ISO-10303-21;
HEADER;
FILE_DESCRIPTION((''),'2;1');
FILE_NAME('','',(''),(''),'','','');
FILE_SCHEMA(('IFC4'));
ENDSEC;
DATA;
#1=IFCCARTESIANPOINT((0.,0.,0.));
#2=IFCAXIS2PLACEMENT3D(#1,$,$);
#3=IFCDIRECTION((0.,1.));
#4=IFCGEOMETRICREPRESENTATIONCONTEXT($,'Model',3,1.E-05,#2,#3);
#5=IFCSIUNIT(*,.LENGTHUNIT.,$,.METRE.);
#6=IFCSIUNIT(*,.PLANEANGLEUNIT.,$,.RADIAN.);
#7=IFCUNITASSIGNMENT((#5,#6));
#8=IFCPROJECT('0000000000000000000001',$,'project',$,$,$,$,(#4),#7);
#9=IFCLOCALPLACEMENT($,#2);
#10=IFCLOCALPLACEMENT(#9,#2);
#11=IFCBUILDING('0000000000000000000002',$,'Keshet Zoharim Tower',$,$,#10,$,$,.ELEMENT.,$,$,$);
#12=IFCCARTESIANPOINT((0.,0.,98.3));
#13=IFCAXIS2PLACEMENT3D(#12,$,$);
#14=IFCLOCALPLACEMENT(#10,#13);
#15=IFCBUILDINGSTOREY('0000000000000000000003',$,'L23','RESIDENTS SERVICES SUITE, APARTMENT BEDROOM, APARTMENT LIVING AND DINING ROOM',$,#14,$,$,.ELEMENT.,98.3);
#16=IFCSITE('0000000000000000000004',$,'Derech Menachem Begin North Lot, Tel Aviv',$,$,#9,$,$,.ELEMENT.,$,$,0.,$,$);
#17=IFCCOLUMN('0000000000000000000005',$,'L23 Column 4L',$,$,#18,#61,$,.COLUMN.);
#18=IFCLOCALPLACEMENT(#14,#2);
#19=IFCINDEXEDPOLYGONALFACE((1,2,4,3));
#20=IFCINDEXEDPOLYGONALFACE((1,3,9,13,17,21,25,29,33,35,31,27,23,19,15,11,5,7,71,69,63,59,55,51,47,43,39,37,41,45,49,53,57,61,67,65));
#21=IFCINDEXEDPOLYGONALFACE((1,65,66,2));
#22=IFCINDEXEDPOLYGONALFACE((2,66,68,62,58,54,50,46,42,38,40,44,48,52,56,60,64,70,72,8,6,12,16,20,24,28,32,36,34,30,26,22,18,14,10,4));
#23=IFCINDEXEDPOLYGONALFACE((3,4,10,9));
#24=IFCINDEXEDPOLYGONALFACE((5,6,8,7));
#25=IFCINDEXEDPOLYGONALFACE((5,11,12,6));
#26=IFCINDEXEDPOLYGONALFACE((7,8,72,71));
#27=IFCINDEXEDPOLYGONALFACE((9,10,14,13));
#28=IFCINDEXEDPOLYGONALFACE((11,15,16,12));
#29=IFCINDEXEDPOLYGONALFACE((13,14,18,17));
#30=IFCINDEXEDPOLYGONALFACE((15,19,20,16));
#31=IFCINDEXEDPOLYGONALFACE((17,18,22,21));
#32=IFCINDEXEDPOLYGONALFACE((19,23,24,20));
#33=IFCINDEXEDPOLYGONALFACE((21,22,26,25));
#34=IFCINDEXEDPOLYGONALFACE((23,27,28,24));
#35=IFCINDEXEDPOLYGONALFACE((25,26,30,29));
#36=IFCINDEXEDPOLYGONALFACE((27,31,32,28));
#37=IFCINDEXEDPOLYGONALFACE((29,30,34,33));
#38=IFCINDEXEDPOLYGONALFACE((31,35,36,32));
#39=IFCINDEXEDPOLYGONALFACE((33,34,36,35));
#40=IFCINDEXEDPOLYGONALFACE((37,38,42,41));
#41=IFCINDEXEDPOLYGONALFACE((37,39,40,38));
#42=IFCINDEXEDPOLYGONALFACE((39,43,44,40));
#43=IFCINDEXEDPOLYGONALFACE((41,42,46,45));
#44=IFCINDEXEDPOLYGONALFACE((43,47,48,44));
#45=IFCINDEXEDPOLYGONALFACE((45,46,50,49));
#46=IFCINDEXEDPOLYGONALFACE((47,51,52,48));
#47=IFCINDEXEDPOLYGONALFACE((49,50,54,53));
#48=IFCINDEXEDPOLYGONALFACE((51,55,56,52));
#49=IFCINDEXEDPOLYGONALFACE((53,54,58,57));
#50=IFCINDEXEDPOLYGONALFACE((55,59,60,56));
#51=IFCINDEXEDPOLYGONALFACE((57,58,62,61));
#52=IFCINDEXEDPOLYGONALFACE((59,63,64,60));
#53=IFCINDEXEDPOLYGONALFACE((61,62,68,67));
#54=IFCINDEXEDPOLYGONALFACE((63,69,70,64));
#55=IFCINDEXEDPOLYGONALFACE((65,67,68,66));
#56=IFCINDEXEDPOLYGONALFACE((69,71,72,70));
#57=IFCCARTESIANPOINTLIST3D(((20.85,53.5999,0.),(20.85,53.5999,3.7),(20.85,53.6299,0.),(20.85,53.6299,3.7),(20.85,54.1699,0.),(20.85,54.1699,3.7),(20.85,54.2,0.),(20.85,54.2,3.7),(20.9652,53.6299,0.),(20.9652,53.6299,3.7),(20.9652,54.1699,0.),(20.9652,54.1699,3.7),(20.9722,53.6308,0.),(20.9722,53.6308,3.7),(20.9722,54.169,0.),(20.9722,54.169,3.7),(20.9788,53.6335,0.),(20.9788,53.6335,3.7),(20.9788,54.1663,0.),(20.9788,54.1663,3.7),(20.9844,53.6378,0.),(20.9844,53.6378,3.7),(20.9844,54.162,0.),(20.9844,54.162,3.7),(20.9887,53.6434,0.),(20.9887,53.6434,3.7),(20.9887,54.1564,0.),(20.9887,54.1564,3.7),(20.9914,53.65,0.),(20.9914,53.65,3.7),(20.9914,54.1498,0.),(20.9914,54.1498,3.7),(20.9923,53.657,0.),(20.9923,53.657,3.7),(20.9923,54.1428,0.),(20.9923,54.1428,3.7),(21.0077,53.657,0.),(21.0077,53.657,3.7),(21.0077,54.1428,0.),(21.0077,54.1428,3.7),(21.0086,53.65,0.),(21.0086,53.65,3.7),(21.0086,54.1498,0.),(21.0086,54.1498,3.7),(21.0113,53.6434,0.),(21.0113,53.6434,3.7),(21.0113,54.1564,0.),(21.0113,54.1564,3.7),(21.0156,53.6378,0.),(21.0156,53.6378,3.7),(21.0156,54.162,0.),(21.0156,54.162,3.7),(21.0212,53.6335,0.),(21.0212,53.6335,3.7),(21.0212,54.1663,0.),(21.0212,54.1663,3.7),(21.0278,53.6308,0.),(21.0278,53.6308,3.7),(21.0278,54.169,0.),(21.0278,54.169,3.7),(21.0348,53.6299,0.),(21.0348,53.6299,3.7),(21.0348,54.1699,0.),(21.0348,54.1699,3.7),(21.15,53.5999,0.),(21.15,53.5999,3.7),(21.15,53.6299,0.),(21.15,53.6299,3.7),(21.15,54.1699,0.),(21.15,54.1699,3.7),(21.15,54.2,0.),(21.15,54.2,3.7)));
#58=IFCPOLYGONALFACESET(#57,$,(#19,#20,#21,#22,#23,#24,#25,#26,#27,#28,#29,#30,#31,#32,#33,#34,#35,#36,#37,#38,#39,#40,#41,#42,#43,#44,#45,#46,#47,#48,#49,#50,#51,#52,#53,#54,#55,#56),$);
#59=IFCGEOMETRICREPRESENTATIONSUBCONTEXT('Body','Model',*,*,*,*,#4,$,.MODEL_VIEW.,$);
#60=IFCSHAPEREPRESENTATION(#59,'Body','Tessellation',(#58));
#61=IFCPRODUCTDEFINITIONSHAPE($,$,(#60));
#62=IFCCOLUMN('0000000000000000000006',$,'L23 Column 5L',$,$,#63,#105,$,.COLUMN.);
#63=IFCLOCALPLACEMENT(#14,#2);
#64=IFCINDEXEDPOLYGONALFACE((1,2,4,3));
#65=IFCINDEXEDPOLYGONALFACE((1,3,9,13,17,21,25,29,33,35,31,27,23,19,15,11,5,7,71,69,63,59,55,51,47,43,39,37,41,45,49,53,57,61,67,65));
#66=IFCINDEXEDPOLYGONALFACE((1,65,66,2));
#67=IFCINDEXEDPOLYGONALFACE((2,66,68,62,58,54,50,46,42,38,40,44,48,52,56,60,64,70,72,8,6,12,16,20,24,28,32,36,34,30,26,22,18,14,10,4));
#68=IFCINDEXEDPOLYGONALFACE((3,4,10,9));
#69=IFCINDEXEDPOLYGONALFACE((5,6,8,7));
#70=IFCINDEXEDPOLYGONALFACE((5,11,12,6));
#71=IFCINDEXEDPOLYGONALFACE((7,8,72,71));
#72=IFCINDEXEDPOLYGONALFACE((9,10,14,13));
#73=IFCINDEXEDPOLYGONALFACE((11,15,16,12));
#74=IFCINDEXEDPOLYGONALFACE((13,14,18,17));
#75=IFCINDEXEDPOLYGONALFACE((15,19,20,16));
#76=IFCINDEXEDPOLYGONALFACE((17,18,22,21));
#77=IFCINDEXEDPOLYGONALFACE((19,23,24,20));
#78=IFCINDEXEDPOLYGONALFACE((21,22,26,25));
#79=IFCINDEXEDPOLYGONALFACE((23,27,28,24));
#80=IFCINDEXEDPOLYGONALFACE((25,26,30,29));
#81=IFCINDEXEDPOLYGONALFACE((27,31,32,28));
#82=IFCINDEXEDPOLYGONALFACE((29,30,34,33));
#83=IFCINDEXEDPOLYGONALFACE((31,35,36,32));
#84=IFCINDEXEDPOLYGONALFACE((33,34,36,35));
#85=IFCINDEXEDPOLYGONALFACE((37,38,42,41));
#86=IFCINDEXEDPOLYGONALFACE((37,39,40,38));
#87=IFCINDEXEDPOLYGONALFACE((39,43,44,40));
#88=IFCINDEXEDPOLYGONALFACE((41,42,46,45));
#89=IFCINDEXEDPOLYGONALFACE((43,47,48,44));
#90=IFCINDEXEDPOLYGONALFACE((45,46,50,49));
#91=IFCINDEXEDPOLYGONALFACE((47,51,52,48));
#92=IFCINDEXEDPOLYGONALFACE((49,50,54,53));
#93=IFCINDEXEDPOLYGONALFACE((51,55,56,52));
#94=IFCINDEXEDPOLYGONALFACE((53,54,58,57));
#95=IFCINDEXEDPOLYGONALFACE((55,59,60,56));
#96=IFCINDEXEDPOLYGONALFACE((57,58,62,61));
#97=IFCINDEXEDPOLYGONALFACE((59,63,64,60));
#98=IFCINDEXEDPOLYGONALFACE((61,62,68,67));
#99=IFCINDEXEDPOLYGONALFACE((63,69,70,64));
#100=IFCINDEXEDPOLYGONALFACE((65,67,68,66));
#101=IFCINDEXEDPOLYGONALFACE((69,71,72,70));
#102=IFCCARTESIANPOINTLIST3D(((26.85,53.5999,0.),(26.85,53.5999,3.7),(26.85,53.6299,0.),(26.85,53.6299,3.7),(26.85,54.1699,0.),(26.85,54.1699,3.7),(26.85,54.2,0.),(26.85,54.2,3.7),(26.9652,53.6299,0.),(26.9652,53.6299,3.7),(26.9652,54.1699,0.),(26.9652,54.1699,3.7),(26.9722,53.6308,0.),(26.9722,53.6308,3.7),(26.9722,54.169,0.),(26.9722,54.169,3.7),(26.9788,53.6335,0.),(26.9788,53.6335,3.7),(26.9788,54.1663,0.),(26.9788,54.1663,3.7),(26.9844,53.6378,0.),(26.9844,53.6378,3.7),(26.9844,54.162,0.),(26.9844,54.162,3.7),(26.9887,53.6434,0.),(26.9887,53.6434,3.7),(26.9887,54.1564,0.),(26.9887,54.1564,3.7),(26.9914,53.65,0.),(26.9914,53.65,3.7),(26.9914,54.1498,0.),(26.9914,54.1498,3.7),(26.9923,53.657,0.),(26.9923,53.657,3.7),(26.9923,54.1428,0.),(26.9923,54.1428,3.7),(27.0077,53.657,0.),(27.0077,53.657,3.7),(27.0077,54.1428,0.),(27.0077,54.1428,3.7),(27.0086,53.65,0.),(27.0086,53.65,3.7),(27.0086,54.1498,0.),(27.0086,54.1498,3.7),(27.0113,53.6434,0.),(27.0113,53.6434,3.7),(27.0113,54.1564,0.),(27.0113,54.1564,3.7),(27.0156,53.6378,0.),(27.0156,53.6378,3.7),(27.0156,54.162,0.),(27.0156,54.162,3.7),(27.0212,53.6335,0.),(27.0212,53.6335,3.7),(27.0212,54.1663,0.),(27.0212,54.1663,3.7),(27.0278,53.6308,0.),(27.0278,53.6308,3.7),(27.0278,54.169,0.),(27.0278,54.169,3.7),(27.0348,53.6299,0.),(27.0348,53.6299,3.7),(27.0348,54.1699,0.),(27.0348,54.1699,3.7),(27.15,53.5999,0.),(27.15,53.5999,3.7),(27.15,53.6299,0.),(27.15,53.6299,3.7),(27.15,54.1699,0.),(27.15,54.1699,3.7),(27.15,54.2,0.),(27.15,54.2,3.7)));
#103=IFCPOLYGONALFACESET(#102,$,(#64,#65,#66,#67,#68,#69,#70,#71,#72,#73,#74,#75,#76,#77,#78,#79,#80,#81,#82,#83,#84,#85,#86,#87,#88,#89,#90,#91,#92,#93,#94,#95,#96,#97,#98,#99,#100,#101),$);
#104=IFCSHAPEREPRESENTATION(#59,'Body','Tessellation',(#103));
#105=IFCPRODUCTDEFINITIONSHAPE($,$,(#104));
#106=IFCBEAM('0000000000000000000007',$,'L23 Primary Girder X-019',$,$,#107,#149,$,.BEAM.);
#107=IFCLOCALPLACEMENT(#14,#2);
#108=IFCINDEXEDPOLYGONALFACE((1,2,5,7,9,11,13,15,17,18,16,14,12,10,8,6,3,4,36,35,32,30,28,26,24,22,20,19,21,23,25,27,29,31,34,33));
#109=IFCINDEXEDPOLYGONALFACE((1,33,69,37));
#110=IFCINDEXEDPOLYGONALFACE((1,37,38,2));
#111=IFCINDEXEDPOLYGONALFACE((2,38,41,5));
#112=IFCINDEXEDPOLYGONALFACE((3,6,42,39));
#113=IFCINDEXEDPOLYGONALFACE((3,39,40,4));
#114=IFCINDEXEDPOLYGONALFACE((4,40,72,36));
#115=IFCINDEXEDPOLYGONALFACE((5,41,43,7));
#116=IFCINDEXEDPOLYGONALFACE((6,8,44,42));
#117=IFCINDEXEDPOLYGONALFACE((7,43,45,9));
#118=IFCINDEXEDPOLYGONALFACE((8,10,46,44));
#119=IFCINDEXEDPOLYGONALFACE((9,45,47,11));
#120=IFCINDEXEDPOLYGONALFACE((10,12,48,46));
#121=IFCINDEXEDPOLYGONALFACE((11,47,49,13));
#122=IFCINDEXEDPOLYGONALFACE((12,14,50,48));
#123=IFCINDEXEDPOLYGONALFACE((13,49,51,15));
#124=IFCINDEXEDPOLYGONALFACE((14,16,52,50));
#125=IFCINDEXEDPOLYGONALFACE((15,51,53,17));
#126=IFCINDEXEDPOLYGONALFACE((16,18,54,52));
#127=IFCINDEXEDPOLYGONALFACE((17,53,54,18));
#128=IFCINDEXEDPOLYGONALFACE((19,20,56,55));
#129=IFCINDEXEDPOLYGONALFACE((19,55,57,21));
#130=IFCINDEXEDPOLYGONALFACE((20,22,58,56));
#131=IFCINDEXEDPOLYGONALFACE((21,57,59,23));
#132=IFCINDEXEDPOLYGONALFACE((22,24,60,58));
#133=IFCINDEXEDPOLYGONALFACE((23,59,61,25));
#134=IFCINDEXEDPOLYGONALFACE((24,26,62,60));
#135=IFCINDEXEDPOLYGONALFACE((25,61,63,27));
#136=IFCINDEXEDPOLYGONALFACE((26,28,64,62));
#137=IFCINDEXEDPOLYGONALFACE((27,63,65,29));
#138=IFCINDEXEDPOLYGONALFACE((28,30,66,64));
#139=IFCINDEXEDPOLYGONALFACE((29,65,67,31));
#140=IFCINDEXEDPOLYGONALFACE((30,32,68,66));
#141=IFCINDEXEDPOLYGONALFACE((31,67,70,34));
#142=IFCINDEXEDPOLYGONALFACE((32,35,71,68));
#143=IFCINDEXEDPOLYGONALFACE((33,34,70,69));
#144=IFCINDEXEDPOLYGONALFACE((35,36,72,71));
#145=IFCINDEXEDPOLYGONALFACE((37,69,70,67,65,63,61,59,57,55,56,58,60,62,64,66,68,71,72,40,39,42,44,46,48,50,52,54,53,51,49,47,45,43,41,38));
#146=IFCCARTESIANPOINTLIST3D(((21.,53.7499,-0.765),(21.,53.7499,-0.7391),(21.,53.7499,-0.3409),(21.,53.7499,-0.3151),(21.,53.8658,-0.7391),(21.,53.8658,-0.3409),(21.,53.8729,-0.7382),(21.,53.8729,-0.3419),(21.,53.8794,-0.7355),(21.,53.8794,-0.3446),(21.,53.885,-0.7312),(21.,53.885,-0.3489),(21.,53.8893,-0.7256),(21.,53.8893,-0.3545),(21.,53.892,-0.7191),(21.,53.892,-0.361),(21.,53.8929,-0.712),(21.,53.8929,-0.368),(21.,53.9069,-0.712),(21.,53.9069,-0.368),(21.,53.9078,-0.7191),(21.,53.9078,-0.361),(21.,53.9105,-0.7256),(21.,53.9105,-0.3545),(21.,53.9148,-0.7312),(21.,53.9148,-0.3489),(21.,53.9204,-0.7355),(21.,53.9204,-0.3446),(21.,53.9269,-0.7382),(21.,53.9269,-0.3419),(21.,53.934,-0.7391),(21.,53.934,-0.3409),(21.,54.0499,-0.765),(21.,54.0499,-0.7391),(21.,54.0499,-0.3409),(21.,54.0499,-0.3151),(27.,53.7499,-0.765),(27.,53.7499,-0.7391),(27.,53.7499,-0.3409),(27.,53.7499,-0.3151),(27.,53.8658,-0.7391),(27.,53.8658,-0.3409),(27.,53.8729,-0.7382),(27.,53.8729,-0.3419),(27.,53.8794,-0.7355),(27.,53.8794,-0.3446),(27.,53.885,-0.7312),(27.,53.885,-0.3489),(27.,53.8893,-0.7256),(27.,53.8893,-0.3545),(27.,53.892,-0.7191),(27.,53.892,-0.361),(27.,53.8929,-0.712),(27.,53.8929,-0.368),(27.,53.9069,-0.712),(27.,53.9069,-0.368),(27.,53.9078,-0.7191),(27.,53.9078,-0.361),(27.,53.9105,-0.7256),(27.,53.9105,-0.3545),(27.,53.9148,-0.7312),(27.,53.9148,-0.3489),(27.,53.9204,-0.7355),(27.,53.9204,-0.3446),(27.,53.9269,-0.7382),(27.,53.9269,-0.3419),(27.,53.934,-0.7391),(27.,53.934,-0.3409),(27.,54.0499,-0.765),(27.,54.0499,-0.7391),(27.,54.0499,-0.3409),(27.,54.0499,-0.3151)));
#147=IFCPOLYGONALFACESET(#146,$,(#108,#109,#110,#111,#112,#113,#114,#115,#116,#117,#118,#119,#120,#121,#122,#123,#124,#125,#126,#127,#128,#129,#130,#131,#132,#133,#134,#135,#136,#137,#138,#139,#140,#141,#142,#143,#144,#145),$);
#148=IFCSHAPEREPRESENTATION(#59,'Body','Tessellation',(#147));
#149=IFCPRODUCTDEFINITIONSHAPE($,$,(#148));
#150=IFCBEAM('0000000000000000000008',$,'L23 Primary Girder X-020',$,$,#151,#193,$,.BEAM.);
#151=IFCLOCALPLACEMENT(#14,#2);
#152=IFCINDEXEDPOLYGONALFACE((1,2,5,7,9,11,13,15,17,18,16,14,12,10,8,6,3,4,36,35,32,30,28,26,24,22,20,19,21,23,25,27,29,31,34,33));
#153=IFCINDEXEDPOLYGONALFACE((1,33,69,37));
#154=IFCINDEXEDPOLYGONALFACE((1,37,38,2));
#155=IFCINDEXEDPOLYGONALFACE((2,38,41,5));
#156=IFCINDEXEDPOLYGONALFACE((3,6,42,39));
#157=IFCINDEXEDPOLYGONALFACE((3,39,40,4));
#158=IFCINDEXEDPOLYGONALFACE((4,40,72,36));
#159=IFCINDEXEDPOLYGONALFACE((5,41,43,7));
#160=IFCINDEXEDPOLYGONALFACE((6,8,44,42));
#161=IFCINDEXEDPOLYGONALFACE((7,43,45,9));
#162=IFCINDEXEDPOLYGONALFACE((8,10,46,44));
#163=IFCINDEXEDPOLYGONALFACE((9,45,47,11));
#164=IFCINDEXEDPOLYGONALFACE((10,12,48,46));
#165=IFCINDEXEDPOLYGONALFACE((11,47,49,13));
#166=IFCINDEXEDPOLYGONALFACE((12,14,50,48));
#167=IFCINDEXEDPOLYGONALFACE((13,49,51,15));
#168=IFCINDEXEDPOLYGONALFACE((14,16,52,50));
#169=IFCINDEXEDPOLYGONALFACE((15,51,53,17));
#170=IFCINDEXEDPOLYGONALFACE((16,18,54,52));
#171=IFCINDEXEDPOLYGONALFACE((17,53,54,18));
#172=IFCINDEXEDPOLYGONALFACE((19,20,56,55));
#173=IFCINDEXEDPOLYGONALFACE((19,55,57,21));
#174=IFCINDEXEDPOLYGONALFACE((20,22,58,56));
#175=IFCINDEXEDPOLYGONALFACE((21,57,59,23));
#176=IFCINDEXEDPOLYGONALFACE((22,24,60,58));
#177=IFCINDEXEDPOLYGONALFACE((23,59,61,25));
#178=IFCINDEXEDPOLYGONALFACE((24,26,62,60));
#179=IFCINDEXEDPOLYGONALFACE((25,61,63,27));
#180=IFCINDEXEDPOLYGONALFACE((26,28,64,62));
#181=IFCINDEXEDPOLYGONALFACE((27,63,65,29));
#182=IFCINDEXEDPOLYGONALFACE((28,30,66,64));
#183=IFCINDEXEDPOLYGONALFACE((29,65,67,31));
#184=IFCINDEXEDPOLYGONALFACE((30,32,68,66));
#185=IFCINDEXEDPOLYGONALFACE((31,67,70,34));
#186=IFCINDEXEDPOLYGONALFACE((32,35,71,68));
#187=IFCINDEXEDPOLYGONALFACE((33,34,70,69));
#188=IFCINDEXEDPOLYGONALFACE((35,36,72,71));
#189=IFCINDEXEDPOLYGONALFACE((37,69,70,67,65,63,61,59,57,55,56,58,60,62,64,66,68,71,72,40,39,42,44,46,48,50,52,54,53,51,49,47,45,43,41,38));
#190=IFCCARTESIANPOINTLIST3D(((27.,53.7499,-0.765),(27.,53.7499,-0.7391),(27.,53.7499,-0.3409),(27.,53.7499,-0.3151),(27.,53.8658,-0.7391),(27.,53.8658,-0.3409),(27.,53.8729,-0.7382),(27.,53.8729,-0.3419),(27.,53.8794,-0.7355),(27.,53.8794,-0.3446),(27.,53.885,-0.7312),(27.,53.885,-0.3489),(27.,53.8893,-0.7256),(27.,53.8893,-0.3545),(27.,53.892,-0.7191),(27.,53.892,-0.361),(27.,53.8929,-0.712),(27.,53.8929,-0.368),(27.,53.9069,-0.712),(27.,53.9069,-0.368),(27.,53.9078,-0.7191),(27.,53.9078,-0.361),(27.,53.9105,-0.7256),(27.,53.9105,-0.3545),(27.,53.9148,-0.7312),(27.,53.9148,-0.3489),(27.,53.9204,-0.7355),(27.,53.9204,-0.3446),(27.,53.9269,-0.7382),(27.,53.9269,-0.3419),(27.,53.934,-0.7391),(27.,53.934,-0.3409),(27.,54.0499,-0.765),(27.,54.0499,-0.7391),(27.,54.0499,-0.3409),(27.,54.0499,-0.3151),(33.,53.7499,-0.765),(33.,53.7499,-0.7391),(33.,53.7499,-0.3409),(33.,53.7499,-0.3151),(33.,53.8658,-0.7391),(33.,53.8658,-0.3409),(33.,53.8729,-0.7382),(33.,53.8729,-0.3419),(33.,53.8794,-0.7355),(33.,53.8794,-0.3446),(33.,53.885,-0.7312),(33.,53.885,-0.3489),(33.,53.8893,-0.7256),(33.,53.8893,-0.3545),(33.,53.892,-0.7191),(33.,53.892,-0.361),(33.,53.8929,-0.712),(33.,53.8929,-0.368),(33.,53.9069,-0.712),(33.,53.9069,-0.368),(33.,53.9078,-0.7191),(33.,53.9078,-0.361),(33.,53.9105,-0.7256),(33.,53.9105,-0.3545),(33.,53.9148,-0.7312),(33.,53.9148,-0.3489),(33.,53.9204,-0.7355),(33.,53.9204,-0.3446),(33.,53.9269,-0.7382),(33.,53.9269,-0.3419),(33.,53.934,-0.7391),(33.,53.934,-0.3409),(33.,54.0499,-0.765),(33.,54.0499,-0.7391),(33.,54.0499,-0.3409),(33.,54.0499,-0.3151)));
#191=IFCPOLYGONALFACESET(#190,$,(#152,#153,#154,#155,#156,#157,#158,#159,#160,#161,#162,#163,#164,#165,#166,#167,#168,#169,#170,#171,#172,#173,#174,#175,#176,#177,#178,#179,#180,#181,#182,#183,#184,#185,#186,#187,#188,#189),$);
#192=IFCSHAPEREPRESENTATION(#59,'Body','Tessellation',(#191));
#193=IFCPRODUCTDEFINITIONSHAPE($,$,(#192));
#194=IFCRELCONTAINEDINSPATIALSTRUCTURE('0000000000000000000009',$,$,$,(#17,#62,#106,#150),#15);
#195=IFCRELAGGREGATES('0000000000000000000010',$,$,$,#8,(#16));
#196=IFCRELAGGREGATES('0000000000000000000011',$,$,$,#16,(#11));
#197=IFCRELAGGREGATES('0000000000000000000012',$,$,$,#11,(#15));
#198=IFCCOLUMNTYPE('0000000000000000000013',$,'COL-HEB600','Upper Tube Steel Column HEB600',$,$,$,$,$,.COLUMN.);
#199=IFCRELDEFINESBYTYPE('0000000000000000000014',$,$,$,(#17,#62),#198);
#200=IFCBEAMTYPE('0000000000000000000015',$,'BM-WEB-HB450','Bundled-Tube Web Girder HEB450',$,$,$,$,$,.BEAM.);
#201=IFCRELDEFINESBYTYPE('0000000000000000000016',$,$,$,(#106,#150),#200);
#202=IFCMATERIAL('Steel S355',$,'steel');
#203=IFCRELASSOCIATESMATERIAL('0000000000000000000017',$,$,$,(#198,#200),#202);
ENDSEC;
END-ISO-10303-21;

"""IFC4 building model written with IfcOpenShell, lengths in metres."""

from ifc_helpers import new_model, si_unit, direction, frame, origin, origin_2d, place, context, subcontext, project, spatial, i_section, extrude, material, material_profile, profile_set, type_object, element, save


model = new_model("IFC4")

# Units and contexts
model_context = context("Model", 3, precision=1e-05, world=origin(), true_north=direction((0.0, 1.0)))
body_context = subcontext(model_context, "Body", "Model", "MODEL_VIEW")
ifc_project = project(units=[si_unit("LENGTHUNIT", "METRE"), si_unit("PLANEANGLEUNIT", "RADIAN")], contexts=[model_context])

# Site, building, storey
site_placement = place(None, origin())
site = spatial("IfcSite", under=ifc_project, at=site_placement, Name="Derech Menachem Begin North Lot, Tel Aviv", CompositionType="ELEMENT", RefElevation=0.0)
building_placement = place(site_placement, origin())
building = spatial("IfcBuilding", under=site, at=building_placement, Name="Keshet Zoharim Tower", CompositionType="ELEMENT")
storey_placement = place(building_placement, frame((0.0, 0.0, 98.3)))
storey = spatial("IfcBuildingStorey", under=building, at=storey_placement, Name="L23", Description="RESIDENTS SERVICES SUITE, APARTMENT BEDROOM, APARTMENT LIVING AND DINING ROOM", CompositionType="ELEMENT", Elevation=98.3)

# Columns
ifc_material_1 = material(Name="Steel S355", Category="steel")
ifc_material_profile_1 = material_profile(ifc_material_1, i_section(OverallWidth=0.3, OverallDepth=0.6001, WebThickness=0.0154, FlangeThickness=0.03, FilletRadius=0.0271, at=origin_2d()), Name="HEB600")
ifc_profile_set_1 = profile_set([ifc_material_profile_1], Name="Steel S355")
column_type = type_object("IfcColumnType", Name="COL-HEB600", Description="Upper Tube Steel Column HEB600", PredefinedType="COLUMN", material=ifc_profile_set_1)
for number, where, z_axis, x_axis, name in (
    (1, (21.0, 53.8999, 0.0), (0.0, 0.0, 1.0), (1.0, 0.0, 0.0), "L23 Column 4L"),
    (2, (27.0, 53.8999, 0.0), (0.0, 0.0, 1.0), (1.0, 0.0, 0.0), "L23 Column 5L"),
):
    element("IfcColumn", number, at=place(storey_placement, frame(where, z_axis=z_axis, x_axis=x_axis)), inside=storey, type_object=column_type, Name=name, PredefinedType="COLUMN", context=body_context, shape_type="SweptSolid", body=[
        extrude(i_section(OverallWidth=0.3, OverallDepth=0.6001, WebThickness=0.0154, FlangeThickness=0.03, FilletRadius=0.0271, at=origin_2d()), origin(), (0.0, 0.0, 1.0), 3.7),
    ])

# Beams
ifc_material_profile_2 = material_profile(ifc_material_1, i_section(OverallWidth=0.3, OverallDepth=0.45, WebThickness=0.0139, FlangeThickness=0.0259, FilletRadius=0.0271, at=origin_2d()), Name="HEB450")
ifc_profile_set_2 = profile_set([ifc_material_profile_2], Name="Steel S355")
beam_type = type_object("IfcBeamType", Name="BM-WEB-HB450", Description="Bundled-Tube Web Girder HEB450", PredefinedType="BEAM", material=ifc_profile_set_2)
for number, where, z_axis, x_axis, name in (
    (3, (21.0, 53.8999, -0.54), (1.0, 0.0, 0.0), (0.0, 1.0, 0.0), "L23 Primary Girder X-019"),
    (4, (27.0, 53.8999, -0.54), (1.0, 0.0, 0.0), (0.0, 1.0, 0.0), "L23 Primary Girder X-020"),
):
    element("IfcBeam", number, at=place(storey_placement, frame(where, z_axis=z_axis, x_axis=x_axis)), inside=storey, type_object=beam_type, Name=name, PredefinedType="BEAM", context=body_context, shape_type="SweptSolid", body=[
        extrude(i_section(OverallWidth=0.3, OverallDepth=0.45, WebThickness=0.0139, FlangeThickness=0.0259, FilletRadius=0.0271, at=origin_2d()), origin(), (0.0, 0.0, 1.0), 6.0),
    ])

save(model, "model.ifc")
